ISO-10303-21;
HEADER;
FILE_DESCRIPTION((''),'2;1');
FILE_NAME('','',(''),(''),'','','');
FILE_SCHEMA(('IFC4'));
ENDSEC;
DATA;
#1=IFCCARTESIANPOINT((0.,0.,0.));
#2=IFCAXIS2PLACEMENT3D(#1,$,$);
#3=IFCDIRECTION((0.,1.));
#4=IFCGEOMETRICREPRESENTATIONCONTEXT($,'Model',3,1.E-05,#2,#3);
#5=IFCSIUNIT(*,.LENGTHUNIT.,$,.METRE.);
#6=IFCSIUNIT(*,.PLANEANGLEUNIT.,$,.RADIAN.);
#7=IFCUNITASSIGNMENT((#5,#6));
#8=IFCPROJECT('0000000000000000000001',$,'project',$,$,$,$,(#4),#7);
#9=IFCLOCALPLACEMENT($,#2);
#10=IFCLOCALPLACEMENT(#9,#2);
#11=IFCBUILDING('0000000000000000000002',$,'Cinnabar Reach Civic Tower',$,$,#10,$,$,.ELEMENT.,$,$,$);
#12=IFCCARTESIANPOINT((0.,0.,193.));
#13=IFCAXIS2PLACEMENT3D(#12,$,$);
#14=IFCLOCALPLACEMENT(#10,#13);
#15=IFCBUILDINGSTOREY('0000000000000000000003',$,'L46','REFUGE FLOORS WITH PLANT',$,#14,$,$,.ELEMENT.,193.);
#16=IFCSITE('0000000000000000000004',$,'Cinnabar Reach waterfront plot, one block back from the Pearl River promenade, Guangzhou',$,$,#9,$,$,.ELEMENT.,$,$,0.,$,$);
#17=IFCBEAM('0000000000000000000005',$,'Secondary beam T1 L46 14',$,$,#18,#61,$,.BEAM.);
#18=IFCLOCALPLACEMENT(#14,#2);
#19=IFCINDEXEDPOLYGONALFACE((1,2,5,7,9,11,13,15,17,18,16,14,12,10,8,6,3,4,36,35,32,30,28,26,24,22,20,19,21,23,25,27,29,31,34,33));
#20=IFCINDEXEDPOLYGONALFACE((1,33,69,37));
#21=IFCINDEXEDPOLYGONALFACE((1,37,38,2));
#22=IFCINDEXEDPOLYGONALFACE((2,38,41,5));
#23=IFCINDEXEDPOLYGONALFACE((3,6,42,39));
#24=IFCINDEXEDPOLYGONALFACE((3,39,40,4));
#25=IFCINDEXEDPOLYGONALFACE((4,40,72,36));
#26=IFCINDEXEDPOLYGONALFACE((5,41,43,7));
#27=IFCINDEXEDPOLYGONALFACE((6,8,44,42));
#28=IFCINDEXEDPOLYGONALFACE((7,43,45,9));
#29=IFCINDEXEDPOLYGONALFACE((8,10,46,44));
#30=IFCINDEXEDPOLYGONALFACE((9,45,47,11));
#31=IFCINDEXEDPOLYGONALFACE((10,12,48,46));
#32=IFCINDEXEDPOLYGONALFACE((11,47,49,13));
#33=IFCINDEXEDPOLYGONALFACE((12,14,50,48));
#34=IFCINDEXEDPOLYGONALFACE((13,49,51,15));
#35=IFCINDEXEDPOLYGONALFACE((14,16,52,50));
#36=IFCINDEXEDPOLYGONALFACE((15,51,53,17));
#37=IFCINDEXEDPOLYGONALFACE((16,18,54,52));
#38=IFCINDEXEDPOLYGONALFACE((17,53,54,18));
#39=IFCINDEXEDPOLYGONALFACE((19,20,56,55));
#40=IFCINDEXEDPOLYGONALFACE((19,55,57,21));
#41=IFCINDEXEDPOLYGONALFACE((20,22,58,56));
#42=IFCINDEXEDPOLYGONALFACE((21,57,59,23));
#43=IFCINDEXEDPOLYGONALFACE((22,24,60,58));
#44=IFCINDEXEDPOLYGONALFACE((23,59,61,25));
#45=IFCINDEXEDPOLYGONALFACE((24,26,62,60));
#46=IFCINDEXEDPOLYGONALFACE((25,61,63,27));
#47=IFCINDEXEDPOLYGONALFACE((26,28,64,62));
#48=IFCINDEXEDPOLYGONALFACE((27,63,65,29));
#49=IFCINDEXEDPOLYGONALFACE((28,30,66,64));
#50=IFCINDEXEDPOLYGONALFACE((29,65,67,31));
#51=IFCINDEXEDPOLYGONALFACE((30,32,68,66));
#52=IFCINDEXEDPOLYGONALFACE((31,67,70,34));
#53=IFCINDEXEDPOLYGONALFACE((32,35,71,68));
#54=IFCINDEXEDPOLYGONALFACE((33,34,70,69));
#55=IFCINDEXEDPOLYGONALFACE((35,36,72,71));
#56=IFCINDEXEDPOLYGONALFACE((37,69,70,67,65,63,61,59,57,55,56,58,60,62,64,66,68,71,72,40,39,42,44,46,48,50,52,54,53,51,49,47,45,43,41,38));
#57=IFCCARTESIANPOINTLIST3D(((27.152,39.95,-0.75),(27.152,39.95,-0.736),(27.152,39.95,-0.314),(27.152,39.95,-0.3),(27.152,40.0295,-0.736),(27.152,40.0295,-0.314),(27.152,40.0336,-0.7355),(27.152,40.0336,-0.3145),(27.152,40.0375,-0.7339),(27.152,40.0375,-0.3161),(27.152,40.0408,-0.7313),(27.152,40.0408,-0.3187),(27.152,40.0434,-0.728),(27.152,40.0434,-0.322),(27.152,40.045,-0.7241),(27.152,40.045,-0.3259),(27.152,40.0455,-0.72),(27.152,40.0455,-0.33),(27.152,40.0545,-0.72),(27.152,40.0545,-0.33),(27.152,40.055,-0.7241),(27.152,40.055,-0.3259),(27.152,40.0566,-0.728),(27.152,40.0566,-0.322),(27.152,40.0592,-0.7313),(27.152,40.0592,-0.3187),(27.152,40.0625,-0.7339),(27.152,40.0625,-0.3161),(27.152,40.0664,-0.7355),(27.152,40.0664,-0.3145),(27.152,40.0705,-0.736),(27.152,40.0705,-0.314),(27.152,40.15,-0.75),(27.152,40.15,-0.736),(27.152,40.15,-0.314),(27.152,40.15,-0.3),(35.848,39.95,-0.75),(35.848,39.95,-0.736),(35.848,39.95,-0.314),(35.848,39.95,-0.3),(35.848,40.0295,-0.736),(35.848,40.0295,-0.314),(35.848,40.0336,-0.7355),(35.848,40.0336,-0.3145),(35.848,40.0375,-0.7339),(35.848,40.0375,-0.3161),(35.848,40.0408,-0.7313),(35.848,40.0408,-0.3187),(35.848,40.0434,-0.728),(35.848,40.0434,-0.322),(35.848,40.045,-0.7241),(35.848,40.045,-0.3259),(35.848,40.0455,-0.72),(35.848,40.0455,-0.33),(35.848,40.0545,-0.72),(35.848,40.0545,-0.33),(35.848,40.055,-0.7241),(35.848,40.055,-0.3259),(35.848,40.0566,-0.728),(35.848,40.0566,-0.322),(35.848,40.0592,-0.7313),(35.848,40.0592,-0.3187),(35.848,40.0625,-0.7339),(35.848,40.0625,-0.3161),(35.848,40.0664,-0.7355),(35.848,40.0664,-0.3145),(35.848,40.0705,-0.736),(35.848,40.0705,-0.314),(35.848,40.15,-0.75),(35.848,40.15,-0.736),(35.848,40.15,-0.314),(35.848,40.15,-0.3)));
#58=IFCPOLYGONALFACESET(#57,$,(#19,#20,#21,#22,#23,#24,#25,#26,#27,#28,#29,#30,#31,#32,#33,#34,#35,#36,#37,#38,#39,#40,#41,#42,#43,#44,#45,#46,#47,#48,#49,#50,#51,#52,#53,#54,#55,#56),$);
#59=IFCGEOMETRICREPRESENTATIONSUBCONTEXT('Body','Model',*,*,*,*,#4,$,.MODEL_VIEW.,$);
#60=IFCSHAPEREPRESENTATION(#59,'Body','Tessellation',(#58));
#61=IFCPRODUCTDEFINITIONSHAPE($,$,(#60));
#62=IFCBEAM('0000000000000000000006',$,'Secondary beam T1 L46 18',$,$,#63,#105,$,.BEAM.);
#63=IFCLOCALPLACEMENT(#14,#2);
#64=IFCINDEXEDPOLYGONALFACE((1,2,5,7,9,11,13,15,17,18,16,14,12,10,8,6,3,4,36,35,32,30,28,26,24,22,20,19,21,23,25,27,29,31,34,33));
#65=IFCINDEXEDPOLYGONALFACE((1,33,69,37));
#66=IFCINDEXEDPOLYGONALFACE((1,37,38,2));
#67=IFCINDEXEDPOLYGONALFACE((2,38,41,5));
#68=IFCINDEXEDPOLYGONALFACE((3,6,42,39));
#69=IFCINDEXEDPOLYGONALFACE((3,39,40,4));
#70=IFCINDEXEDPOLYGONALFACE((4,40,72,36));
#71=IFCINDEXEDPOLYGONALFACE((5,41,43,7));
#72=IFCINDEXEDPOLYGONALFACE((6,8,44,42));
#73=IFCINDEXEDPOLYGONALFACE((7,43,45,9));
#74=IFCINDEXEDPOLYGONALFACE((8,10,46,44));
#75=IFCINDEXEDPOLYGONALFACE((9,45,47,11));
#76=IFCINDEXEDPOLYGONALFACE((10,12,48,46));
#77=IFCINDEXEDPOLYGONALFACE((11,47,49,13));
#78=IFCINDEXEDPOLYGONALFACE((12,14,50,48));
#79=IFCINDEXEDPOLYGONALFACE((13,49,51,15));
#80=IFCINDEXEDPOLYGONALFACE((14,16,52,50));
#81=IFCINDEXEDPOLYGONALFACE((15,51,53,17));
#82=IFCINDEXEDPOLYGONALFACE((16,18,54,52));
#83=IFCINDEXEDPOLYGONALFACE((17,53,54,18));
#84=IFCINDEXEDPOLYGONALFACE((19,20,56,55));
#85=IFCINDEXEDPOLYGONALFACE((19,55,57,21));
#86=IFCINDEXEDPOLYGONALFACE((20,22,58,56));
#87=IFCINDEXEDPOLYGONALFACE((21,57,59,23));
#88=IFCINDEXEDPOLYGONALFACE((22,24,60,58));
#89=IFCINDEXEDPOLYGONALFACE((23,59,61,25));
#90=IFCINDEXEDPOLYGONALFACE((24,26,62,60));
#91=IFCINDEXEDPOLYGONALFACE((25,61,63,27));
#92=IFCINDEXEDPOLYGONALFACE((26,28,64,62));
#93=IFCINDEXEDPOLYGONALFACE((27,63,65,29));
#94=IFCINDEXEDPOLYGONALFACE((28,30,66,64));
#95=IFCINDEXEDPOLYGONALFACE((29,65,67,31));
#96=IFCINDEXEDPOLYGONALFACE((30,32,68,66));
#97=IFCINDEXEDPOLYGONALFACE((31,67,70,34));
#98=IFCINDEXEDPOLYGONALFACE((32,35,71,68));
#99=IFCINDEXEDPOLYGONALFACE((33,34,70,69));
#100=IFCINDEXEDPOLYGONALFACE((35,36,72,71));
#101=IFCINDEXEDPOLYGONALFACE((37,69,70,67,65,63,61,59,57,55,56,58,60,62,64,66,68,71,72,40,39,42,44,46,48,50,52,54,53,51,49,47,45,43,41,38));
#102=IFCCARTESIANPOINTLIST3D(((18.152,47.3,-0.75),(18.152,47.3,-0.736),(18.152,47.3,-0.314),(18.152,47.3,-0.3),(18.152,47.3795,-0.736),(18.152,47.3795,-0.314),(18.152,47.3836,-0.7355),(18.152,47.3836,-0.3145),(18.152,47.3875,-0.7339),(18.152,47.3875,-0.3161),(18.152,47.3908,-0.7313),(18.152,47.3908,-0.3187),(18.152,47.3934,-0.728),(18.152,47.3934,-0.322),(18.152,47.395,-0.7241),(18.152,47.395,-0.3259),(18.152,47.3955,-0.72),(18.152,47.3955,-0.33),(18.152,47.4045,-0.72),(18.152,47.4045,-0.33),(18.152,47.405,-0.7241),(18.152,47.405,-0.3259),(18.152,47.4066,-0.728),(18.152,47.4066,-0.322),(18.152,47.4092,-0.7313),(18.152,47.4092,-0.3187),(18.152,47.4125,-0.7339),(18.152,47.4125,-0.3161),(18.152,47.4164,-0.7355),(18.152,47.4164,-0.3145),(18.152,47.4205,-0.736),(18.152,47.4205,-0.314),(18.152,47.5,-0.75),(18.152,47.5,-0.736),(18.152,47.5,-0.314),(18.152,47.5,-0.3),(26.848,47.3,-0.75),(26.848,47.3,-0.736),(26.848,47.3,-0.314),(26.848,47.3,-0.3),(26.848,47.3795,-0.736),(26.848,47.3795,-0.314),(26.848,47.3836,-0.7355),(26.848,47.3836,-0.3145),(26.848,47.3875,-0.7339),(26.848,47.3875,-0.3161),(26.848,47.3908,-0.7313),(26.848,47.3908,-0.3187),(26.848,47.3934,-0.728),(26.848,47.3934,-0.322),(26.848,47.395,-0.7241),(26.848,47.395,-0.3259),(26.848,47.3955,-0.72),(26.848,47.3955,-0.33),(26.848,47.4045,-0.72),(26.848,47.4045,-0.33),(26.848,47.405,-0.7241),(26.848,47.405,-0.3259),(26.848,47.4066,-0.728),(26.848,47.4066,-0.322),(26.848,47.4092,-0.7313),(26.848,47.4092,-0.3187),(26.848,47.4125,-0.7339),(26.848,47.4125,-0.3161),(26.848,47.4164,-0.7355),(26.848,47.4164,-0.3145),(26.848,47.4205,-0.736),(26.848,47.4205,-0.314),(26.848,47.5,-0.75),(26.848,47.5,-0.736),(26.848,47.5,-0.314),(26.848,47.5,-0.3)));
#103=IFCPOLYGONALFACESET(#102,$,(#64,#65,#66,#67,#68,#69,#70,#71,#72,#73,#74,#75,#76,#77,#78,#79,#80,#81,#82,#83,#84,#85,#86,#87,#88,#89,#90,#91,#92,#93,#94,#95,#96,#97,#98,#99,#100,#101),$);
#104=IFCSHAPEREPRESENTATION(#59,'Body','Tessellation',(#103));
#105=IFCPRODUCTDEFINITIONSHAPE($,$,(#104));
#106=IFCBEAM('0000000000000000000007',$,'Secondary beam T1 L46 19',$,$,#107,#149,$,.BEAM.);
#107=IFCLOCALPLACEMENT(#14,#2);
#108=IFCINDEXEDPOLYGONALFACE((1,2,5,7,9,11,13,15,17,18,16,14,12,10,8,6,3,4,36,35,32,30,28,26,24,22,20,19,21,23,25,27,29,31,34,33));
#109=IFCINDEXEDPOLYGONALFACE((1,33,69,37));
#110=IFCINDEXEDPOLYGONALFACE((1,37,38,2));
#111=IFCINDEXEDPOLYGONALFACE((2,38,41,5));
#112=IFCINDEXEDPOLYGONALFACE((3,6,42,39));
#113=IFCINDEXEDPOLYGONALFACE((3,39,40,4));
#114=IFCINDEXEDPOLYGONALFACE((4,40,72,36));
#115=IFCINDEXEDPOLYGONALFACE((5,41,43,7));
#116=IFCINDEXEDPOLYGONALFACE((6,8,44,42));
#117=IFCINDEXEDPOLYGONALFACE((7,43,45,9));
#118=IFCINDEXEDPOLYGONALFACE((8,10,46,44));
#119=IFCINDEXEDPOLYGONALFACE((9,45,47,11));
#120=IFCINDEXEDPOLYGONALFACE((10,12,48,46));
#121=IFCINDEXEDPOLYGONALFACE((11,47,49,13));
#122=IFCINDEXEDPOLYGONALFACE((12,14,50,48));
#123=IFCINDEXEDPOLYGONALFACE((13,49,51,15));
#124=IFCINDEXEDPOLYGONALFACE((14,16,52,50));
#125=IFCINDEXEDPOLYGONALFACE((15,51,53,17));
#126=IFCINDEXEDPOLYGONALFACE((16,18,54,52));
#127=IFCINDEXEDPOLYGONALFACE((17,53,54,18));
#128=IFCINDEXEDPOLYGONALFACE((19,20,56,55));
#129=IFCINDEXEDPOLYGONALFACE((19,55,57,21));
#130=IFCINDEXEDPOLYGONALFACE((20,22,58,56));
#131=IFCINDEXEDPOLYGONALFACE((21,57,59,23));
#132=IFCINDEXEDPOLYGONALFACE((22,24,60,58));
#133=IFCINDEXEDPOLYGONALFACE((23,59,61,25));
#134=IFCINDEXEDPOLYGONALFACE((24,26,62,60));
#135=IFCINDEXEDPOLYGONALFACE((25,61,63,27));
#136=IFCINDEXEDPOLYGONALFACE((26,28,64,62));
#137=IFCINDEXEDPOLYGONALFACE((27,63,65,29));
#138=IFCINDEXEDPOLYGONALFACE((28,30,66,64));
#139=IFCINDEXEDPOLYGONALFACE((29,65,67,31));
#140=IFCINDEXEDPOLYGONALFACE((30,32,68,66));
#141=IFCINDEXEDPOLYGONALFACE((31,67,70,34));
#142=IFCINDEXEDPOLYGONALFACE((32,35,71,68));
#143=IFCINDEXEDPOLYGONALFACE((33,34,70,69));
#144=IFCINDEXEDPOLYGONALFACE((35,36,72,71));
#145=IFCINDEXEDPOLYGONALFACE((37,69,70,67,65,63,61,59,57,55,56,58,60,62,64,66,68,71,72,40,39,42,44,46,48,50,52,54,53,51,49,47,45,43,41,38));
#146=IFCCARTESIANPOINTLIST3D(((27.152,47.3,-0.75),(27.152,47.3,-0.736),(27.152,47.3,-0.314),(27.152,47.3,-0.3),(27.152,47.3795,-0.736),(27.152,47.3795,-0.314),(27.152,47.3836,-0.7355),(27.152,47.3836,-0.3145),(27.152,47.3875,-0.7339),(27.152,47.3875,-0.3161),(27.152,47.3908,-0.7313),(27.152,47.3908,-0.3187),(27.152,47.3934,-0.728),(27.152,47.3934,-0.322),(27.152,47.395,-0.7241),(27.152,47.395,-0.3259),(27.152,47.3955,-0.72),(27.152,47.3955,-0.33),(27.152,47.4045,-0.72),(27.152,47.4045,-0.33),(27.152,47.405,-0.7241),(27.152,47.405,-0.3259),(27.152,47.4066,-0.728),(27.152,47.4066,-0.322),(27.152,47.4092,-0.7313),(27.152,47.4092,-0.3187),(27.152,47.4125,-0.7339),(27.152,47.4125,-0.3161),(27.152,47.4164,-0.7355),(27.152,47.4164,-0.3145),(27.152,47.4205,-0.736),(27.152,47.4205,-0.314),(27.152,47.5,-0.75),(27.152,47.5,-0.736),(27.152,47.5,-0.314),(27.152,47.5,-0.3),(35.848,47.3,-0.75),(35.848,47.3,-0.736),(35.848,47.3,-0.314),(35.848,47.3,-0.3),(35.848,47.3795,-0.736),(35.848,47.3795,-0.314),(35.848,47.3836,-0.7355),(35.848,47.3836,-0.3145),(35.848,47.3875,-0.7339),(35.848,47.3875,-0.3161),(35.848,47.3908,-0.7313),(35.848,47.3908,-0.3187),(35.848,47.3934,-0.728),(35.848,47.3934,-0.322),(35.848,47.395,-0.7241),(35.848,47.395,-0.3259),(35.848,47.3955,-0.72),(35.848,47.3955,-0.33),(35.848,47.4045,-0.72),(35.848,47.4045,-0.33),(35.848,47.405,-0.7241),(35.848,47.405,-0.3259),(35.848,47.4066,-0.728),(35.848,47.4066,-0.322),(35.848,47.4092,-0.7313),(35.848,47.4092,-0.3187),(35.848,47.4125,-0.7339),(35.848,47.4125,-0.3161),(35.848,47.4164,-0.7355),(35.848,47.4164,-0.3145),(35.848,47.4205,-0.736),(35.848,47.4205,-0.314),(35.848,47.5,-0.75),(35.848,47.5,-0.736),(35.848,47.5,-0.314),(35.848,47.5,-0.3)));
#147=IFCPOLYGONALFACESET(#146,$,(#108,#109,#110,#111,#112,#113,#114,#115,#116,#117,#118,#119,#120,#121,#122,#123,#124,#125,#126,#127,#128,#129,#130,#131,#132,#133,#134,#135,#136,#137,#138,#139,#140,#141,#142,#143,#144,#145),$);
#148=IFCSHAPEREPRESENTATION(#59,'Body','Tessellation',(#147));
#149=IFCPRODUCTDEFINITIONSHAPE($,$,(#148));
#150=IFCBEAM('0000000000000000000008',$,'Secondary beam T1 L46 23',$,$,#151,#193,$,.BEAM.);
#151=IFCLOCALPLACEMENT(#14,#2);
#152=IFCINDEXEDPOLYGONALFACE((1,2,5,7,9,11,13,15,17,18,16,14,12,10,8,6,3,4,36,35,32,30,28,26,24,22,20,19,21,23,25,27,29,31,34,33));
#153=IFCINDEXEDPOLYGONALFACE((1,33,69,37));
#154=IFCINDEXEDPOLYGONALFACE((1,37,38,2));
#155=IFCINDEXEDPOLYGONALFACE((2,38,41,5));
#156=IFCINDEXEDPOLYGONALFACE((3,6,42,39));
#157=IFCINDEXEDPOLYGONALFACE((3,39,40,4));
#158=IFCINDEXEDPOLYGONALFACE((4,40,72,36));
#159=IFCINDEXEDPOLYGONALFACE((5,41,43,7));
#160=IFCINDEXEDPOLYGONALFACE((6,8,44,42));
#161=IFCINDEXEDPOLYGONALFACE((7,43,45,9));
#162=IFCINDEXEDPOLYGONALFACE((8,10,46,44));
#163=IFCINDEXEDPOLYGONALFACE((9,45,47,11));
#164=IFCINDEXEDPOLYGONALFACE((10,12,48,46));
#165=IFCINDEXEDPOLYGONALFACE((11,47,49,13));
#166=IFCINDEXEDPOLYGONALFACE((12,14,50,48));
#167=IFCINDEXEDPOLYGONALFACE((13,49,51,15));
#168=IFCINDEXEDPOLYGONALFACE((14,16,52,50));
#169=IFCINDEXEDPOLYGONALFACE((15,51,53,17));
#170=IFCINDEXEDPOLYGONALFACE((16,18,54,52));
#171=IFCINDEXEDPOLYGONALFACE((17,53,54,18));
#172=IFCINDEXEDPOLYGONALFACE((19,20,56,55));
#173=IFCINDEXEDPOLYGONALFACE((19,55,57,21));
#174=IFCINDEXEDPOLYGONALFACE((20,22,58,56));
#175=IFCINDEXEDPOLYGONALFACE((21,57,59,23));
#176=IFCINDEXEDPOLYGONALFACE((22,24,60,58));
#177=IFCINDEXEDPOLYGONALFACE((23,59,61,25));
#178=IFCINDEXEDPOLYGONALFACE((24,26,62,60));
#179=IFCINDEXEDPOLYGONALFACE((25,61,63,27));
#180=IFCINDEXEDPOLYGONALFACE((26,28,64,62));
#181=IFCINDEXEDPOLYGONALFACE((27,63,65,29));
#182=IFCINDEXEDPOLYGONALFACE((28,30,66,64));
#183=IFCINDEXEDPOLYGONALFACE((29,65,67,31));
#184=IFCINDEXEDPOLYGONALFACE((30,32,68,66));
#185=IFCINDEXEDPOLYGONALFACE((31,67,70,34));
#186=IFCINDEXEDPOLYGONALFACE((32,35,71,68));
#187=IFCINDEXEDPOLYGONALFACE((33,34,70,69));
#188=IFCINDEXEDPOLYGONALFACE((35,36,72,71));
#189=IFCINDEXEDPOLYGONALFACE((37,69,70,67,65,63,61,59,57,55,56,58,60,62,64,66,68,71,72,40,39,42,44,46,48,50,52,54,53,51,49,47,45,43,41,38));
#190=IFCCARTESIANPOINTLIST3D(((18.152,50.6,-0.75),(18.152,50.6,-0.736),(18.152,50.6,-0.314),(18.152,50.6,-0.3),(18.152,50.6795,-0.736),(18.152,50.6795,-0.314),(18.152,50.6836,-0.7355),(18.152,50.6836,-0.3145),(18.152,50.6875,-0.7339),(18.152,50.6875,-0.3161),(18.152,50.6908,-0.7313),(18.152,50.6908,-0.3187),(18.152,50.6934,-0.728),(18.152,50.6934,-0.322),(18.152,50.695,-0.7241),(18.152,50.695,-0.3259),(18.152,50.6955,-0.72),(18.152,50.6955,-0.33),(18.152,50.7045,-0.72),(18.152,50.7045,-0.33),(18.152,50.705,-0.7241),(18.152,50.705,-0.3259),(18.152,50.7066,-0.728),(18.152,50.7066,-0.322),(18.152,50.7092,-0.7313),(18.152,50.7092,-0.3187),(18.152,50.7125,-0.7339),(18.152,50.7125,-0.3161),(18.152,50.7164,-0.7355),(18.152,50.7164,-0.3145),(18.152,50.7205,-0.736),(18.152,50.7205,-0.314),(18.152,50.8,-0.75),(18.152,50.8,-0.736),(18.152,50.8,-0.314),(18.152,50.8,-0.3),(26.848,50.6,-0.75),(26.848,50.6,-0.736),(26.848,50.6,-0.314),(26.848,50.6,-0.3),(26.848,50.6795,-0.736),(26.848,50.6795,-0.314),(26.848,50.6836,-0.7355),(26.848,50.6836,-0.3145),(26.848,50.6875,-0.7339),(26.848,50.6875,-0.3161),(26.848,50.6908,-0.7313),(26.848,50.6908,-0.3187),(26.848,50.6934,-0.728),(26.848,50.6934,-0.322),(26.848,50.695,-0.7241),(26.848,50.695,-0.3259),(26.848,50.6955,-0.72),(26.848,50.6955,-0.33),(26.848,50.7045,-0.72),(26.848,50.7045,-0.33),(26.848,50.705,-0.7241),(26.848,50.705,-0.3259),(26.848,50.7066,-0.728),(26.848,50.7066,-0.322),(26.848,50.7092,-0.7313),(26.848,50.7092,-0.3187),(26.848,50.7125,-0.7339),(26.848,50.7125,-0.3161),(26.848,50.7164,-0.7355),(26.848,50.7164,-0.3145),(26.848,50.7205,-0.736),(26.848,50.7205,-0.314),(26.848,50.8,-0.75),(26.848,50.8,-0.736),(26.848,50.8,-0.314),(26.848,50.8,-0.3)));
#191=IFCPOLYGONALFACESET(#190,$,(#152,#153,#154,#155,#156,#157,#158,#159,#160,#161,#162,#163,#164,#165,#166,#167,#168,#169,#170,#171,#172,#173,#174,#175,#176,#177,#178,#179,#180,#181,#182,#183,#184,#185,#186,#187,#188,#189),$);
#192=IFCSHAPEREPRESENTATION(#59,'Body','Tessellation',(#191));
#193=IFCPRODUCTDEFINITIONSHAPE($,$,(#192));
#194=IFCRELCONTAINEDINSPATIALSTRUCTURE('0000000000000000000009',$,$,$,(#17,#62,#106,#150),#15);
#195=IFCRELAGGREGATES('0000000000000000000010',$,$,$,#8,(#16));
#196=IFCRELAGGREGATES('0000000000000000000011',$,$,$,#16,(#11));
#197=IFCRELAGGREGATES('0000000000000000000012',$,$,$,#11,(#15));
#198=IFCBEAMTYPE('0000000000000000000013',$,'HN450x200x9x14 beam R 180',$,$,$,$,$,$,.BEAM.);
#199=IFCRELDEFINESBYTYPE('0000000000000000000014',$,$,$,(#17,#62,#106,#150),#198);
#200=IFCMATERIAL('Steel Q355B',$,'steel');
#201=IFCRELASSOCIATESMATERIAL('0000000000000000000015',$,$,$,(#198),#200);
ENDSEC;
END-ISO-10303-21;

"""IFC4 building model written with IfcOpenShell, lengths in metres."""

from ifc_helpers import new_model, si_unit, direction, frame, origin, origin_2d, place, context, subcontext, project, spatial, i_section, extrude, material, material_profile, profile_set, type_object, element, save


model = new_model("IFC4")

# Units and contexts
model_context = context("Model", 3, precision=1e-05, world=origin(), true_north=direction((0.0, 1.0)))
body_context = subcontext(model_context, "Body", "Model", "MODEL_VIEW")
ifc_project = project(units=[si_unit("LENGTHUNIT", "METRE"), si_unit("PLANEANGLEUNIT", "RADIAN")], contexts=[model_context])

# Site, building, storey
site_placement = place(None, origin())
site = spatial("IfcSite", under=ifc_project, at=site_placement, Name="Cinnabar Reach waterfront plot, one block back from the Pearl River promenade, Guangzhou", CompositionType="ELEMENT", RefElevation=0.0)
building_placement = place(site_placement, origin())
building = spatial("IfcBuilding", under=site, at=building_placement, Name="Cinnabar Reach Civic Tower", CompositionType="ELEMENT")
storey_placement = place(building_placement, frame((0.0, 0.0, 193.0)))
storey = spatial("IfcBuildingStorey", under=building, at=storey_placement, Name="L46", Description="REFUGE FLOORS WITH PLANT", CompositionType="ELEMENT", Elevation=193.0)

# Beams
ifc_material_1 = material(Name="Steel Q355B", Category="steel")
ifc_material_profile_1 = material_profile(ifc_material_1, i_section(OverallWidth=0.2, OverallDepth=0.45, WebThickness=0.009, FlangeThickness=0.014, FilletRadius=0.016, at=origin_2d()), Name="HN450x200x9x14")
ifc_profile_set_1 = profile_set([ifc_material_profile_1], Name="Steel Q355B")
beam_type_1 = type_object("IfcBeamType", Name="HN450x200x9x14 beam R 180", PredefinedType="BEAM", material=ifc_profile_set_1)
for number, where, z_axis, x_axis, name in (
    (1, (27.152, 40.05, -0.525), (1.0, 0.0, 0.0), (0.0, 1.0, 0.0), "Secondary beam T1 L46 14"),
    (2, (18.152, 47.4, -0.525), (1.0, 0.0, 0.0), (0.0, 1.0, 0.0), "Secondary beam T1 L46 18"),
    (3, (27.152, 47.4, -0.525), (1.0, 0.0, 0.0), (0.0, 1.0, 0.0), "Secondary beam T1 L46 19"),
    (4, (18.152, 50.7, -0.525), (1.0, 0.0, 0.0), (0.0, 1.0, 0.0), "Secondary beam T1 L46 23"),
):
    element("IfcBeam", number, at=place(storey_placement, frame(where, z_axis=z_axis, x_axis=x_axis)), inside=storey, type_object=beam_type_1, Name=name, PredefinedType="BEAM", context=body_context, shape_type="SweptSolid", body=[
        extrude(i_section(OverallWidth=0.2, OverallDepth=0.45, WebThickness=0.009, FlangeThickness=0.014, FilletRadius=0.016, at=origin_2d()), origin(), (0.0, 0.0, 1.0), 8.696),
    ])

save(model, "model.ifc")
